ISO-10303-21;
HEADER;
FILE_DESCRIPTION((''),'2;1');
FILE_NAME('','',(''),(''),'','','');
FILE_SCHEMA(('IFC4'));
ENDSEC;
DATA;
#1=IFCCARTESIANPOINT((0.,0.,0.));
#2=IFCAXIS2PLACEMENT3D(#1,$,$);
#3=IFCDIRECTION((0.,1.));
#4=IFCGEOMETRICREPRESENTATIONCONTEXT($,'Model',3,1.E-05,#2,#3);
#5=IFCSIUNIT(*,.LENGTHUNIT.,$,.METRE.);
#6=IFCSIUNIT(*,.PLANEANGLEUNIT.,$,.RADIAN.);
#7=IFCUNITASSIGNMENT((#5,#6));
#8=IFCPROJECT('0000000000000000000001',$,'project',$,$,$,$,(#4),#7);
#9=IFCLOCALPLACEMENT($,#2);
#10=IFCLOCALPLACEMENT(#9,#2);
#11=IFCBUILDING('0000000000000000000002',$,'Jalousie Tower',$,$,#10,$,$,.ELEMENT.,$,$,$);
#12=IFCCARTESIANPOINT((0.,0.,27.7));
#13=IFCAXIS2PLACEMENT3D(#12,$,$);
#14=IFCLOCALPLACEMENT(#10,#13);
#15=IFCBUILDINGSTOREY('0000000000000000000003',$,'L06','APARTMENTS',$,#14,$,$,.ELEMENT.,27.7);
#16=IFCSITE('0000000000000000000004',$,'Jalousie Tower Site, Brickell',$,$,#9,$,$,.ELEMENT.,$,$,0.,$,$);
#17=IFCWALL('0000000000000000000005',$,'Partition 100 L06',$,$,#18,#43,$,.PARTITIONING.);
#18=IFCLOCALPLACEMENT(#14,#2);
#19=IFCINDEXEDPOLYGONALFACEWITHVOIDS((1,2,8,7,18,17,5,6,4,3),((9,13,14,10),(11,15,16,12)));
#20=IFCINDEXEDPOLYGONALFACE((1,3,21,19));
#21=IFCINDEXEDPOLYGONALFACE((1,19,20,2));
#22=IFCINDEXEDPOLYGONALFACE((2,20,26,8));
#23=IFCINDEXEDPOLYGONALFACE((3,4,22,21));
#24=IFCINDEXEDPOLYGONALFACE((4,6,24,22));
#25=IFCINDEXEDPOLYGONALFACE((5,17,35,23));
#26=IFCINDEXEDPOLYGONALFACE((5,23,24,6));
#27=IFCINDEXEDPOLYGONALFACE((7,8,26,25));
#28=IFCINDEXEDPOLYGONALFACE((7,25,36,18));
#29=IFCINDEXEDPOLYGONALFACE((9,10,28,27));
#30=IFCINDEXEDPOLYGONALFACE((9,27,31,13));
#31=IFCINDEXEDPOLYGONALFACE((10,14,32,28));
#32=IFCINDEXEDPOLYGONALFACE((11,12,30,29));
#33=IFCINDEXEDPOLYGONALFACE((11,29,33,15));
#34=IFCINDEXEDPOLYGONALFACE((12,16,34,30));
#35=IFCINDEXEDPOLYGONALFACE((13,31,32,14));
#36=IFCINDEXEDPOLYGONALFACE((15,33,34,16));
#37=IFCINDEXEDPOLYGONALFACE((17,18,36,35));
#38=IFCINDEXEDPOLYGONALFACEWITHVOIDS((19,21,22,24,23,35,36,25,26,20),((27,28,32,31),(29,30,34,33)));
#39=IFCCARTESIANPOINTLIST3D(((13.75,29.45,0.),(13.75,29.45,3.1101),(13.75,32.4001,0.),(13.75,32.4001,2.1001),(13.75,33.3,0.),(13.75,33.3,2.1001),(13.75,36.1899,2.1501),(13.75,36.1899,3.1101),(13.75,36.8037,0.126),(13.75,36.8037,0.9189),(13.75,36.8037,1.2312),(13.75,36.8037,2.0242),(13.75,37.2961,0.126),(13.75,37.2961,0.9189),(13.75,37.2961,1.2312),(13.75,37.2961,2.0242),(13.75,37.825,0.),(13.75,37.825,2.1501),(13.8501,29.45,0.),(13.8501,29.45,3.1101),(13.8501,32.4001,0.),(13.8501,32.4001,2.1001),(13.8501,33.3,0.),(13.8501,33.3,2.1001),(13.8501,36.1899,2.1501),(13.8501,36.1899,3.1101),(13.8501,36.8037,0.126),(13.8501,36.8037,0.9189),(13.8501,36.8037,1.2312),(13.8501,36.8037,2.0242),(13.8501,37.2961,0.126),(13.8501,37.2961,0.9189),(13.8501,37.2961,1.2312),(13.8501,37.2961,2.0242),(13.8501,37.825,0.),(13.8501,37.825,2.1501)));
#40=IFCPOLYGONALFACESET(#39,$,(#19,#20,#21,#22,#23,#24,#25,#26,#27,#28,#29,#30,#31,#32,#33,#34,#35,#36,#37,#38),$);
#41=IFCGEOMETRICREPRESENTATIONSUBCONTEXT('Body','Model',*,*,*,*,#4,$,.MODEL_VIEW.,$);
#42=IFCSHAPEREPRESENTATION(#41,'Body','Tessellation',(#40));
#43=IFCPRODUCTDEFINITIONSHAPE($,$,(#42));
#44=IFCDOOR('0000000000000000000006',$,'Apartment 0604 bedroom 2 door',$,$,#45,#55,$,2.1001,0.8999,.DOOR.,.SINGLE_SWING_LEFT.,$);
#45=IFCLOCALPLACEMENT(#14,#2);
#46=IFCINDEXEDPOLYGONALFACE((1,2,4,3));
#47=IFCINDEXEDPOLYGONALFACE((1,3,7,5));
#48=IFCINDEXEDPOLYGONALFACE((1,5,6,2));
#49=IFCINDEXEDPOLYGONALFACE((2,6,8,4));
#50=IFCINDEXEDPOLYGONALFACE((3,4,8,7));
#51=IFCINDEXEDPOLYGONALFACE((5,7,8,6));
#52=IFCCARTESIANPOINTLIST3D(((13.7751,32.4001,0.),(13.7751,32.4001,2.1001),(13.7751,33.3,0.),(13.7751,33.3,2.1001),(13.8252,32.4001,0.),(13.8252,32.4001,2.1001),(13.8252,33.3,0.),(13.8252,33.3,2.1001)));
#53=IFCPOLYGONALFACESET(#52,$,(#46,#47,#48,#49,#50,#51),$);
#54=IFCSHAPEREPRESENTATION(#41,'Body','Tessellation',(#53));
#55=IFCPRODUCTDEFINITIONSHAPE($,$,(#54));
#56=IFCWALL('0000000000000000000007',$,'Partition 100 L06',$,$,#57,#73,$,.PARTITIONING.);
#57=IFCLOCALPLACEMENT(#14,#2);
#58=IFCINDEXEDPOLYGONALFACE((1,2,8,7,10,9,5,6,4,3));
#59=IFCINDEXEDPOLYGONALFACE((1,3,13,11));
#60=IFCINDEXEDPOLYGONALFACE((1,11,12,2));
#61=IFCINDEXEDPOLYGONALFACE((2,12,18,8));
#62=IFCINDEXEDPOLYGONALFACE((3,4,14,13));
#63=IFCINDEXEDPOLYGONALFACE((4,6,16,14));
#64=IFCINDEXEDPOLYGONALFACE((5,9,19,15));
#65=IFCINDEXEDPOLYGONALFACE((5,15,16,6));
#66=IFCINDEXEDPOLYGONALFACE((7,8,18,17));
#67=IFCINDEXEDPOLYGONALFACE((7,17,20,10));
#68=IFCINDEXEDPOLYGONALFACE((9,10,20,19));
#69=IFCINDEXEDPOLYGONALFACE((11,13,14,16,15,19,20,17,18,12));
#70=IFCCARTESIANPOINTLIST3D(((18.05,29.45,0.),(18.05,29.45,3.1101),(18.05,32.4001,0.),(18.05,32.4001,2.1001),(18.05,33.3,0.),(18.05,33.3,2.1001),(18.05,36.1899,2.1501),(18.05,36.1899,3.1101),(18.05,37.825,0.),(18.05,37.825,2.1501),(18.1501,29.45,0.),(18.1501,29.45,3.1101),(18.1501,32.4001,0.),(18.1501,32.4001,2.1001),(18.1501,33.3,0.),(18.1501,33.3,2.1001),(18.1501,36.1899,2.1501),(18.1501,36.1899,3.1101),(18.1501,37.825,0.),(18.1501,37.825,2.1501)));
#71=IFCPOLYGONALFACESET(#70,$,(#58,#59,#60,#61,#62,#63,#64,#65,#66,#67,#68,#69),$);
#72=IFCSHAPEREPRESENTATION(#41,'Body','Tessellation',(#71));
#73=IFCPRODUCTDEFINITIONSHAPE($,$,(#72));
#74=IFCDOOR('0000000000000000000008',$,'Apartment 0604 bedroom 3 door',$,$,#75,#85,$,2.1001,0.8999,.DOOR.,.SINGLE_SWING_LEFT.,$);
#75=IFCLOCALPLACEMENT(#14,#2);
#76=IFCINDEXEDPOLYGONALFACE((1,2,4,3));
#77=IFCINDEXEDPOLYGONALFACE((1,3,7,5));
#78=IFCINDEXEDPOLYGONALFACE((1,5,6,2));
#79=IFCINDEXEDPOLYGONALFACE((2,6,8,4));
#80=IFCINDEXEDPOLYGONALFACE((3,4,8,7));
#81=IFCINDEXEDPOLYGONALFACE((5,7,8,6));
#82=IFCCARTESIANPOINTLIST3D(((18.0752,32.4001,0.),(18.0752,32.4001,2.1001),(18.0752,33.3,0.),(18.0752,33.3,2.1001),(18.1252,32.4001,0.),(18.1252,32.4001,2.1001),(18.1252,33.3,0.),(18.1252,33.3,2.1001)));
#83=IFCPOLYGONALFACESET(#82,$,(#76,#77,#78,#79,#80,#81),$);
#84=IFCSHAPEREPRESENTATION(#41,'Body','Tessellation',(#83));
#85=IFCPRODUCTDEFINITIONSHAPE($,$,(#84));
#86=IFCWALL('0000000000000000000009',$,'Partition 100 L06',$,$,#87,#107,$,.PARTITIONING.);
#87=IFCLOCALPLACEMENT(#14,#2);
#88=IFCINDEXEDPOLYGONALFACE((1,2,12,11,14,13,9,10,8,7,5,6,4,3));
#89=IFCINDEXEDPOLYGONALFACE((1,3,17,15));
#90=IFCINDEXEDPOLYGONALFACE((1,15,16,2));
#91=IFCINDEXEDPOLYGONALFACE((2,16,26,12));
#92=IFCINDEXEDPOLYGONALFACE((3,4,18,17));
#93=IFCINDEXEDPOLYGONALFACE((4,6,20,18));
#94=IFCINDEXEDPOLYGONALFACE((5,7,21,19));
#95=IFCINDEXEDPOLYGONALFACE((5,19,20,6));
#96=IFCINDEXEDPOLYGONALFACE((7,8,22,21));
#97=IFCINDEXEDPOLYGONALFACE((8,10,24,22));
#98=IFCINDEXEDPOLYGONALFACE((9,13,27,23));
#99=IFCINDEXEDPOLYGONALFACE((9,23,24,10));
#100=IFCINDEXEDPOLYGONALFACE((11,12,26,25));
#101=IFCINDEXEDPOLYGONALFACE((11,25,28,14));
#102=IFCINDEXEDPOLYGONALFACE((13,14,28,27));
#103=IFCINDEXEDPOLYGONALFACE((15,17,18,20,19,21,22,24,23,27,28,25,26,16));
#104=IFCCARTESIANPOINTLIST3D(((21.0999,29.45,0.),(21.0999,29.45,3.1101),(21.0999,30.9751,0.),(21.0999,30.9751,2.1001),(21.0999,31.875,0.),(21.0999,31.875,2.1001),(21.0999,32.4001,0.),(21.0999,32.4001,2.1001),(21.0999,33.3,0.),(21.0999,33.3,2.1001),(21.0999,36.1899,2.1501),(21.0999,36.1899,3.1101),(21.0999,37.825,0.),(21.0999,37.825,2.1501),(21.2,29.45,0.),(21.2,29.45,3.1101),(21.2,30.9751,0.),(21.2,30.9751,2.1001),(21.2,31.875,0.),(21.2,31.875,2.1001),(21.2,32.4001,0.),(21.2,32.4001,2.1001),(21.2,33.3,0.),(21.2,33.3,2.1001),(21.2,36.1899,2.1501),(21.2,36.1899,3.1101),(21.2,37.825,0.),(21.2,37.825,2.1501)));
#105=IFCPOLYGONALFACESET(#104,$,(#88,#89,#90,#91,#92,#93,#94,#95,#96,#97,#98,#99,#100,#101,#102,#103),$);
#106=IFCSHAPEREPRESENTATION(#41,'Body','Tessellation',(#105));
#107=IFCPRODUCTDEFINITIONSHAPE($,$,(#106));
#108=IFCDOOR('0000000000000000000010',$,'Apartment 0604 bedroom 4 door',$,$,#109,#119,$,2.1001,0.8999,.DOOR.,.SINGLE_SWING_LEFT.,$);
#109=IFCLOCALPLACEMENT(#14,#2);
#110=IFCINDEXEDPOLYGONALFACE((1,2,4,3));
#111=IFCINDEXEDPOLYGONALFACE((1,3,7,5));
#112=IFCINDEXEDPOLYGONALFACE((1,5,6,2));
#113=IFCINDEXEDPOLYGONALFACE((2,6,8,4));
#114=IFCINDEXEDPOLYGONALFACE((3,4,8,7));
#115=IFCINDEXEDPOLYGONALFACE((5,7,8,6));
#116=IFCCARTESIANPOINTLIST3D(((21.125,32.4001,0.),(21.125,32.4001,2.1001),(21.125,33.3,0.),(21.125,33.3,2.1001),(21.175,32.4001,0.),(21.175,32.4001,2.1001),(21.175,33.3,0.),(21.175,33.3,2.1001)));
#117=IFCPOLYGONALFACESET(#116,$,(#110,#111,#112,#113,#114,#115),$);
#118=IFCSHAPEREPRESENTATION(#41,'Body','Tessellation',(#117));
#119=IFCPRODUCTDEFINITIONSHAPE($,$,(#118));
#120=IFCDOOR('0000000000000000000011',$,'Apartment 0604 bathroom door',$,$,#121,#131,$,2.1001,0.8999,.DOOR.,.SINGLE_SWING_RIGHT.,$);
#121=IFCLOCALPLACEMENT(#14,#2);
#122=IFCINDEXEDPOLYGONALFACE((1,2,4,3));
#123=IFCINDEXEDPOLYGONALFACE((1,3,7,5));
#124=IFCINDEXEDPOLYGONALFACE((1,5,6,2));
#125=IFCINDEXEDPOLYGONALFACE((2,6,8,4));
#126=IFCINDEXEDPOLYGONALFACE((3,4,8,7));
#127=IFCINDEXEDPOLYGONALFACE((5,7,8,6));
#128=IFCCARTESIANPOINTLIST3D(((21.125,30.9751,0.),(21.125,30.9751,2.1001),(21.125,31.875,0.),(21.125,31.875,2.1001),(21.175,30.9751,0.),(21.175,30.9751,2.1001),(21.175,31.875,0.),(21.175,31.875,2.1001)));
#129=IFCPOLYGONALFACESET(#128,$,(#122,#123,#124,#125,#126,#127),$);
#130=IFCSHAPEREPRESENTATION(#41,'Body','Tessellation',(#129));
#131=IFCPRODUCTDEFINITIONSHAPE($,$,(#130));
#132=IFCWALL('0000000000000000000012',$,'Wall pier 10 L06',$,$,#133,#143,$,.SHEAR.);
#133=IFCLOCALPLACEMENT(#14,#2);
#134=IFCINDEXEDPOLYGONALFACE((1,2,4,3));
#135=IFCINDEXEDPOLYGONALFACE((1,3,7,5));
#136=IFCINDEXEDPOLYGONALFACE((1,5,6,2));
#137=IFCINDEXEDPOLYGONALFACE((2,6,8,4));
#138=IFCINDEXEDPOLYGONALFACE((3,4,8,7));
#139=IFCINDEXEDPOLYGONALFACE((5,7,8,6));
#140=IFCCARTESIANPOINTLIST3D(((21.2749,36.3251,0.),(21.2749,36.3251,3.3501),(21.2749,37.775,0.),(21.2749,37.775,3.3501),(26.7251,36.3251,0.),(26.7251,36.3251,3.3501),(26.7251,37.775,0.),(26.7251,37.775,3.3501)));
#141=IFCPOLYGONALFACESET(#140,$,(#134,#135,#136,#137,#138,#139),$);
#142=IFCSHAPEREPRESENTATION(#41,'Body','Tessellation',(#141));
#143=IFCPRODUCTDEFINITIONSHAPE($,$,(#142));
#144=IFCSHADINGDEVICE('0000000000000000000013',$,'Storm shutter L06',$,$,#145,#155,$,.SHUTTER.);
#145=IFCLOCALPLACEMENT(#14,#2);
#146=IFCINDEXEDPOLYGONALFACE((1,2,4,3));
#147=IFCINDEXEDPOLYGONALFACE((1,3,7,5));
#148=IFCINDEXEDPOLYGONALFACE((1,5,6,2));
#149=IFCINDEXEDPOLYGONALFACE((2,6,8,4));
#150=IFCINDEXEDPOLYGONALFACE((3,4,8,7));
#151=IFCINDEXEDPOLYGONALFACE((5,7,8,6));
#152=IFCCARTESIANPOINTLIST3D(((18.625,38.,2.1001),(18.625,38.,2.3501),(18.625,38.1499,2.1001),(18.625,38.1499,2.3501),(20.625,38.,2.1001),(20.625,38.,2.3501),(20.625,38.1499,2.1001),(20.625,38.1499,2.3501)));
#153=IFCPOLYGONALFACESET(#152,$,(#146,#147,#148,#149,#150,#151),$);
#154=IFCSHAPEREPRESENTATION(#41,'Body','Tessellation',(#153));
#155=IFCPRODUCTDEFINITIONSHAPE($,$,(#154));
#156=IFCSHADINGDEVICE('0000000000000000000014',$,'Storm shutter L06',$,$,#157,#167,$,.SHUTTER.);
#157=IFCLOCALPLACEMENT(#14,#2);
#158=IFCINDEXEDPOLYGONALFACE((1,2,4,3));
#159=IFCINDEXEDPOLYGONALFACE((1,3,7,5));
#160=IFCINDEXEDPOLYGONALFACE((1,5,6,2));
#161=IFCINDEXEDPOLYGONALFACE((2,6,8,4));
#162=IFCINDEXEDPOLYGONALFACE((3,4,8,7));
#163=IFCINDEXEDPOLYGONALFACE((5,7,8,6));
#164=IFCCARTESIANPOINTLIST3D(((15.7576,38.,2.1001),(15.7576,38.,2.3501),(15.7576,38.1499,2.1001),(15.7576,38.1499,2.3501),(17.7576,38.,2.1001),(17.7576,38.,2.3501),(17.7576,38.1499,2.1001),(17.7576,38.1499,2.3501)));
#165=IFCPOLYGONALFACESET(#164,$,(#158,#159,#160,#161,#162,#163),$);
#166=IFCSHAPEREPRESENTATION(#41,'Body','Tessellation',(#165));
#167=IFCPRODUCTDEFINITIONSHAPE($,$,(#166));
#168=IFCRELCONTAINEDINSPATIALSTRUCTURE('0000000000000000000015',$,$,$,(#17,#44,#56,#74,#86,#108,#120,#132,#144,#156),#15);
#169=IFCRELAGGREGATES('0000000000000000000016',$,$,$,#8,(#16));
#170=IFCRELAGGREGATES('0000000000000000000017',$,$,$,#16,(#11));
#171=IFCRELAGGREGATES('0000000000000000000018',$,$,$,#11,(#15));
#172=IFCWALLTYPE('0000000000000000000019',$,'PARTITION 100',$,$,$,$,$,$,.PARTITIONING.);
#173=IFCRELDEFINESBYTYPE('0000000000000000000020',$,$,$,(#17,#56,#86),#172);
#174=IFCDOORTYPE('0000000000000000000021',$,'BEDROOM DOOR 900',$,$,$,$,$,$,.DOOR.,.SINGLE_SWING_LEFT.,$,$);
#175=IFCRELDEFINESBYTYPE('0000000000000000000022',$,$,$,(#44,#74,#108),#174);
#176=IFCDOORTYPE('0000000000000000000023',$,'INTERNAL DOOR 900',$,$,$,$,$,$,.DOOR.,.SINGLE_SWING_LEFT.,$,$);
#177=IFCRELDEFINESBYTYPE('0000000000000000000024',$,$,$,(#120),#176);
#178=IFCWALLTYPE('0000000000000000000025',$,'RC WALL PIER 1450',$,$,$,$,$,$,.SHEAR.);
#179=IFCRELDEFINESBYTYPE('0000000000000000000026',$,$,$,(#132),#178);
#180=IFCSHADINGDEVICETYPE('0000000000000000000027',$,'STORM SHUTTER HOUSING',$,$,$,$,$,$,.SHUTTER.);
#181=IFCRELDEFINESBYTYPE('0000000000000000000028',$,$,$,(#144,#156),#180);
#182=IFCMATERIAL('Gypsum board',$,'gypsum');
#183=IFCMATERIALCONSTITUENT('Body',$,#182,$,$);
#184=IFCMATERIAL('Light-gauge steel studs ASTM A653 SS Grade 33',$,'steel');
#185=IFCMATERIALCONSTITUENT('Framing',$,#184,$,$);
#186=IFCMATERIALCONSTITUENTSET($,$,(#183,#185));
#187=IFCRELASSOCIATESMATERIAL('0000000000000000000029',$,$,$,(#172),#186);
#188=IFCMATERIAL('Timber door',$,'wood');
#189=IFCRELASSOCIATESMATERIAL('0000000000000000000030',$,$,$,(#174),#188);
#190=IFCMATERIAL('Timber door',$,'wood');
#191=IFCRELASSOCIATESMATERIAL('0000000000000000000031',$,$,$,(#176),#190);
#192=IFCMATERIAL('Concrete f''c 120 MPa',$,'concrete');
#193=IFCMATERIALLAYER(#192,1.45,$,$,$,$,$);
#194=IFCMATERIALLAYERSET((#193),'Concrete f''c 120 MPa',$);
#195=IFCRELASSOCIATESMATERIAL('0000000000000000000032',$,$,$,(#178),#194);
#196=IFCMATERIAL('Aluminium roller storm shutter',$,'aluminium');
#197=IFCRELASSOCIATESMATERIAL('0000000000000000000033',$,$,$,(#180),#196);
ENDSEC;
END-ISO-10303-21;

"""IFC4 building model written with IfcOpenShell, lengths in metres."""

from ifc_helpers import new_model, si_unit, direction, frame, frame_2d, origin, origin_2d, place, context, subcontext, project, spatial, polyline, rectangle, outline, extrude, material, layer, layer_set, constituent, constituent_set, type_object, element, fill, save


model = new_model("IFC4")

# Units and contexts
model_context = context("Model", 3, precision=1e-05, world=origin(), true_north=direction((0.0, 1.0)))
body_context = subcontext(model_context, "Body", "Model", "MODEL_VIEW")
ifc_project = project(units=[si_unit("LENGTHUNIT", "METRE"), si_unit("PLANEANGLEUNIT", "RADIAN")], contexts=[model_context])

# Site, building, storey
site_placement = place(None, origin())
site = spatial("IfcSite", under=ifc_project, at=site_placement, Name="Jalousie Tower Site, Brickell", CompositionType="ELEMENT", RefElevation=0.0)
building_placement = place(site_placement, origin())
building = spatial("IfcBuilding", under=site, at=building_placement, Name="Jalousie Tower", CompositionType="ELEMENT")
storey_placement = place(building_placement, frame((0.0, 0.0, 27.7)))
storey = spatial("IfcBuildingStorey", under=building, at=storey_placement, Name="L06", Description="APARTMENTS", CompositionType="ELEMENT", Elevation=27.7)

# Walls, openings, doors
ifc_material_1 = material(Name="Gypsum board", Category="gypsum")
ifc_constituent_1 = constituent(ifc_material_1, Name="Body")
ifc_material_2 = material(Name="Light-gauge steel studs ASTM A653 SS Grade 33", Category="steel")
ifc_constituent_2 = constituent(ifc_material_2, Name="Framing")
ifc_constituent_set = constituent_set(constituents=[ifc_constituent_1, ifc_constituent_2])
wall_type_1 = type_object("IfcWallType", Name="PARTITION 100", PredefinedType="PARTITIONING", material=ifc_constituent_set)
wall_1_placement = place(storey_placement, frame((13.8, 37.825, 0.0), z_axis=(0.0, 0.0, 1.0), x_axis=(0.0, -1.0, 0.0)))
wall_1 = element("IfcWall", 1, at=wall_1_placement, inside=storey, type_object=wall_type_1, Name="Partition 100 L06", PredefinedType="PARTITIONING", context=body_context, shape_type="SweptSolid", body=[
    extrude(outline(polyline([(1.635, 2.1501), (0.0, 2.1501), (0.0, 0.0), (8.375, 0.0), (8.375, 3.1101), (1.635, 3.1101), (1.635, 2.1501)]), holes=[polyline([(1.0212, 0.126), (0.5288, 0.126), (0.5288, 0.9189), (1.0212, 0.9189), (1.0212, 0.126)]), polyline([(1.0212, 1.2312), (0.5288, 1.2312), (0.5288, 2.0242), (1.0212, 2.0242), (1.0212, 1.2312)])]), frame((0.0, 0.05, 0.0), z_axis=(0.0, -1.0, 0.0), x_axis=(1.0, 0.0, 0.0)), (0.0, 0.0, 1.0), 0.1001),
])
opening_1_placement = place(wall_1_placement, frame((4.5249, 0.0, 0.0)))
opening_1 = element("IfcOpeningElement", 2, at=opening_1_placement, cuts=wall_1, PredefinedType="OPENING", context=body_context, shape_type="SweptSolid", body=[
    extrude(rectangle(XDim=0.8999, YDim=2.1001, at=frame_2d((0.45, 1.05))), frame((0.0, 0.0601, 0.0), z_axis=(0.0, -1.0, 0.0), x_axis=(1.0, 0.0, 0.0)), (0.0, 0.0, 1.0), 0.1201),
])
ifc_material_3 = material(Name="Timber door", Category="wood")
door_type_1 = type_object("IfcDoorType", Name="BEDROOM DOOR 900", OperationType="SINGLE_SWING_LEFT", PredefinedType="DOOR", material=ifc_material_3)
door_1_placement = place(opening_1_placement, frame((0.8999, 0.0, 0.0), z_axis=(0.0, 0.0, 1.0), x_axis=(-1.0, 0.0, 0.0)))
door_1 = element("IfcDoor", 3, at=door_1_placement, inside=storey, type_object=door_type_1, Name="Apartment 0604 bedroom 2 door", OperationType="SINGLE_SWING_LEFT", OverallHeight=2.1001, OverallWidth=0.8999, PredefinedType="DOOR", context=body_context, shape_type="SweptSolid", body=[
    extrude(rectangle(XDim=0.8999, YDim=2.1001, at=frame_2d((0.45, 1.05))), frame((0.0, 0.0249, 0.0), z_axis=(0.0, -1.0, 0.0), x_axis=(1.0, 0.0, 0.0)), (0.0, 0.0, 1.0), 0.05),
])
fill(opening_1, door_1)
wall_2_placement = place(storey_placement, frame((18.1001, 37.825, 0.0), z_axis=(0.0, 0.0, 1.0), x_axis=(0.0, -1.0, 0.0)))
wall_2 = element("IfcWall", 4, at=wall_2_placement, inside=storey, type_object=wall_type_1, Name="Partition 100 L06", PredefinedType="PARTITIONING", context=body_context, shape_type="SweptSolid", body=[
    extrude(outline(polyline([(0.0, 0.0), (8.375, 0.0), (8.375, 3.1101), (1.635, 3.1101), (1.635, 2.1501), (0.0, 2.1501), (0.0, 3.1101), (0.0, 0.0)])), frame((0.0, 0.05, 0.0), z_axis=(0.0, -1.0, 0.0), x_axis=(1.0, 0.0, 0.0)), (0.0, 0.0, 1.0), 0.1001),
])
opening_2_placement = place(wall_2_placement, frame((4.5249, 0.0, 0.0)))
opening_2 = element("IfcOpeningElement", 5, at=opening_2_placement, cuts=wall_2, PredefinedType="OPENING", context=body_context, shape_type="SweptSolid", body=[
    extrude(rectangle(XDim=0.8999, YDim=2.1001, at=frame_2d((0.45, 1.05))), frame((0.0, 0.0601, 0.0), z_axis=(0.0, -1.0, 0.0), x_axis=(1.0, 0.0, 0.0)), (0.0, 0.0, 1.0), 0.1201),
])
door_2_placement = place(opening_2_placement, frame((0.8999, 0.0, 0.0), z_axis=(0.0, 0.0, 1.0), x_axis=(-1.0, 0.0, 0.0)))
door_2 = element("IfcDoor", 6, at=door_2_placement, inside=storey, type_object=door_type_1, Name="Apartment 0604 bedroom 3 door", OperationType="SINGLE_SWING_LEFT", OverallHeight=2.1001, OverallWidth=0.8999, PredefinedType="DOOR", context=body_context, shape_type="SweptSolid", body=[
    extrude(rectangle(XDim=0.8999, YDim=2.1001, at=frame_2d((0.45, 1.05))), frame((0.0, 0.0249, 0.0), z_axis=(0.0, -1.0, 0.0), x_axis=(1.0, 0.0, 0.0)), (0.0, 0.0, 1.0), 0.05),
])
fill(opening_2, door_2)

# Wall, openings, doors
wall_3_placement = place(storey_placement, frame((21.1499, 37.825, 0.0), z_axis=(0.0, 0.0, 1.0), x_axis=(0.0, -1.0, 0.0)))
wall_3 = element("IfcWall", 7, at=wall_3_placement, inside=storey, type_object=wall_type_1, Name="Partition 100 L06", PredefinedType="PARTITIONING", context=body_context, shape_type="SweptSolid", body=[
    extrude(outline(polyline([(0.0, 0.0), (8.375, 0.0), (8.375, 3.1101), (1.635, 3.1101), (1.635, 2.1501), (0.0, 2.1501), (0.0, 3.1101), (0.0, 0.0)])), frame((0.0, 0.05, 0.0), z_axis=(0.0, -1.0, 0.0), x_axis=(1.0, 0.0, 0.0)), (0.0, 0.0, 1.0), 0.1001),
])
opening_3_placement = place(wall_3_placement, frame((4.5249, 0.0, 0.0)))
opening_3 = element("IfcOpeningElement", 8, at=opening_3_placement, cuts=wall_3, PredefinedType="OPENING", context=body_context, shape_type="SweptSolid", body=[
    extrude(rectangle(XDim=0.8999, YDim=2.1001, at=frame_2d((0.45, 1.05))), frame((0.0, 0.0601, 0.0), z_axis=(0.0, -1.0, 0.0), x_axis=(1.0, 0.0, 0.0)), (0.0, 0.0, 1.0), 0.1201),
])
opening_4_placement = place(wall_3_placement, frame((5.95, 0.0, 0.0)))
opening_4 = element("IfcOpeningElement", 9, at=opening_4_placement, cuts=wall_3, PredefinedType="OPENING", context=body_context, shape_type="SweptSolid", body=[
    extrude(rectangle(XDim=0.8999, YDim=2.1001, at=frame_2d((0.45, 1.05))), frame((0.0, 0.0601, 0.0), z_axis=(0.0, -1.0, 0.0), x_axis=(1.0, 0.0, 0.0)), (0.0, 0.0, 1.0), 0.1201),
])
door_3_placement = place(opening_3_placement, frame((0.8999, 0.0, 0.0), z_axis=(0.0, 0.0, 1.0), x_axis=(-1.0, 0.0, 0.0)))
door_3 = element("IfcDoor", 10, at=door_3_placement, inside=storey, type_object=door_type_1, Name="Apartment 0604 bedroom 4 door", OperationType="SINGLE_SWING_LEFT", OverallHeight=2.1001, OverallWidth=0.8999, PredefinedType="DOOR", context=body_context, shape_type="SweptSolid", body=[
    extrude(rectangle(XDim=0.8999, YDim=2.1001, at=frame_2d((0.45, 1.05))), frame((0.0, 0.0249, 0.0), z_axis=(0.0, -1.0, 0.0), x_axis=(1.0, 0.0, 0.0)), (0.0, 0.0, 1.0), 0.05),
])
fill(opening_3, door_3)
ifc_material_4 = material(Name="Timber door", Category="wood")
door_type_2 = type_object("IfcDoorType", Name="INTERNAL DOOR 900", OperationType="SINGLE_SWING_LEFT", PredefinedType="DOOR", material=ifc_material_4)
door_4_placement = place(opening_4_placement, frame((0.8999, 0.0, 0.0), z_axis=(0.0, 0.0, 1.0), x_axis=(-1.0, 0.0, 0.0)))
door_4 = element("IfcDoor", 11, at=door_4_placement, inside=storey, type_object=door_type_2, Name="Apartment 0604 bathroom door", OperationType="SINGLE_SWING_RIGHT", OverallHeight=2.1001, OverallWidth=0.8999, PredefinedType="DOOR", context=body_context, shape_type="SweptSolid", body=[
    extrude(rectangle(XDim=0.8999, YDim=2.1001, at=frame_2d((0.45, 1.05))), frame((0.0, 0.0249, 0.0), z_axis=(0.0, -1.0, 0.0), x_axis=(1.0, 0.0, 0.0)), (0.0, 0.0, 1.0), 0.05),
])
fill(opening_4, door_4)

# Wall
ifc_material_5 = material(Name="Concrete f'c 120 MPa", Category="concrete")
ifc_layer_1 = layer(ifc_material_5, 1.45)
ifc_layer_set_1 = layer_set([ifc_layer_1], Name="Concrete f'c 120 MPa")
wall_type_2 = type_object("IfcWallType", Name="RC WALL PIER 1450", PredefinedType="SHEAR", material=ifc_layer_set_1)
wall_4_placement = place(storey_placement, frame((21.2749, 37.05, 0.0), z_axis=(0.0, 0.0, 1.0), x_axis=(1.0, 0.0, 0.0)))
element("IfcWall", 12, at=wall_4_placement, inside=storey, type_object=wall_type_2, Name="Wall pier 10 L06", PredefinedType="SHEAR", context=body_context, shape_type="SweptSolid", body=[
    extrude(rectangle(XDim=5.4502, YDim=1.45, at=frame_2d((2.7251, 0.0))), origin(), (0.0, 0.0, 1.0), 3.3501),
])

# Shading devices
ifc_material_6 = material(Name="Aluminium roller storm shutter", Category="aluminium")
shading_device_type = type_object("IfcShadingDeviceType", Name="STORM SHUTTER HOUSING", PredefinedType="SHUTTER", material=ifc_material_6)
for number, where, z_axis, x_axis, name in (
    (13, (19.625, 38.075, 2.1001), (0.0, 0.0, 1.0), (-1.0, 0.0, 0.0), "Storm shutter L06"),
    (14, (16.7576, 38.075, 2.1001), (0.0, 0.0, 1.0), (-1.0, 0.0, 0.0), "Storm shutter L06"),
):
    element("IfcShadingDevice", number, at=place(storey_placement, frame(where, z_axis=z_axis, x_axis=x_axis)), inside=storey, type_object=shading_device_type, Name=name, PredefinedType="SHUTTER", context=body_context, shape_type="SweptSolid", body=[
        extrude(rectangle(XDim=2.0, YDim=0.1499, at=origin_2d()), origin(), (0.0, 0.0, 1.0), 0.25),
    ])

save(model, "model.ifc")
